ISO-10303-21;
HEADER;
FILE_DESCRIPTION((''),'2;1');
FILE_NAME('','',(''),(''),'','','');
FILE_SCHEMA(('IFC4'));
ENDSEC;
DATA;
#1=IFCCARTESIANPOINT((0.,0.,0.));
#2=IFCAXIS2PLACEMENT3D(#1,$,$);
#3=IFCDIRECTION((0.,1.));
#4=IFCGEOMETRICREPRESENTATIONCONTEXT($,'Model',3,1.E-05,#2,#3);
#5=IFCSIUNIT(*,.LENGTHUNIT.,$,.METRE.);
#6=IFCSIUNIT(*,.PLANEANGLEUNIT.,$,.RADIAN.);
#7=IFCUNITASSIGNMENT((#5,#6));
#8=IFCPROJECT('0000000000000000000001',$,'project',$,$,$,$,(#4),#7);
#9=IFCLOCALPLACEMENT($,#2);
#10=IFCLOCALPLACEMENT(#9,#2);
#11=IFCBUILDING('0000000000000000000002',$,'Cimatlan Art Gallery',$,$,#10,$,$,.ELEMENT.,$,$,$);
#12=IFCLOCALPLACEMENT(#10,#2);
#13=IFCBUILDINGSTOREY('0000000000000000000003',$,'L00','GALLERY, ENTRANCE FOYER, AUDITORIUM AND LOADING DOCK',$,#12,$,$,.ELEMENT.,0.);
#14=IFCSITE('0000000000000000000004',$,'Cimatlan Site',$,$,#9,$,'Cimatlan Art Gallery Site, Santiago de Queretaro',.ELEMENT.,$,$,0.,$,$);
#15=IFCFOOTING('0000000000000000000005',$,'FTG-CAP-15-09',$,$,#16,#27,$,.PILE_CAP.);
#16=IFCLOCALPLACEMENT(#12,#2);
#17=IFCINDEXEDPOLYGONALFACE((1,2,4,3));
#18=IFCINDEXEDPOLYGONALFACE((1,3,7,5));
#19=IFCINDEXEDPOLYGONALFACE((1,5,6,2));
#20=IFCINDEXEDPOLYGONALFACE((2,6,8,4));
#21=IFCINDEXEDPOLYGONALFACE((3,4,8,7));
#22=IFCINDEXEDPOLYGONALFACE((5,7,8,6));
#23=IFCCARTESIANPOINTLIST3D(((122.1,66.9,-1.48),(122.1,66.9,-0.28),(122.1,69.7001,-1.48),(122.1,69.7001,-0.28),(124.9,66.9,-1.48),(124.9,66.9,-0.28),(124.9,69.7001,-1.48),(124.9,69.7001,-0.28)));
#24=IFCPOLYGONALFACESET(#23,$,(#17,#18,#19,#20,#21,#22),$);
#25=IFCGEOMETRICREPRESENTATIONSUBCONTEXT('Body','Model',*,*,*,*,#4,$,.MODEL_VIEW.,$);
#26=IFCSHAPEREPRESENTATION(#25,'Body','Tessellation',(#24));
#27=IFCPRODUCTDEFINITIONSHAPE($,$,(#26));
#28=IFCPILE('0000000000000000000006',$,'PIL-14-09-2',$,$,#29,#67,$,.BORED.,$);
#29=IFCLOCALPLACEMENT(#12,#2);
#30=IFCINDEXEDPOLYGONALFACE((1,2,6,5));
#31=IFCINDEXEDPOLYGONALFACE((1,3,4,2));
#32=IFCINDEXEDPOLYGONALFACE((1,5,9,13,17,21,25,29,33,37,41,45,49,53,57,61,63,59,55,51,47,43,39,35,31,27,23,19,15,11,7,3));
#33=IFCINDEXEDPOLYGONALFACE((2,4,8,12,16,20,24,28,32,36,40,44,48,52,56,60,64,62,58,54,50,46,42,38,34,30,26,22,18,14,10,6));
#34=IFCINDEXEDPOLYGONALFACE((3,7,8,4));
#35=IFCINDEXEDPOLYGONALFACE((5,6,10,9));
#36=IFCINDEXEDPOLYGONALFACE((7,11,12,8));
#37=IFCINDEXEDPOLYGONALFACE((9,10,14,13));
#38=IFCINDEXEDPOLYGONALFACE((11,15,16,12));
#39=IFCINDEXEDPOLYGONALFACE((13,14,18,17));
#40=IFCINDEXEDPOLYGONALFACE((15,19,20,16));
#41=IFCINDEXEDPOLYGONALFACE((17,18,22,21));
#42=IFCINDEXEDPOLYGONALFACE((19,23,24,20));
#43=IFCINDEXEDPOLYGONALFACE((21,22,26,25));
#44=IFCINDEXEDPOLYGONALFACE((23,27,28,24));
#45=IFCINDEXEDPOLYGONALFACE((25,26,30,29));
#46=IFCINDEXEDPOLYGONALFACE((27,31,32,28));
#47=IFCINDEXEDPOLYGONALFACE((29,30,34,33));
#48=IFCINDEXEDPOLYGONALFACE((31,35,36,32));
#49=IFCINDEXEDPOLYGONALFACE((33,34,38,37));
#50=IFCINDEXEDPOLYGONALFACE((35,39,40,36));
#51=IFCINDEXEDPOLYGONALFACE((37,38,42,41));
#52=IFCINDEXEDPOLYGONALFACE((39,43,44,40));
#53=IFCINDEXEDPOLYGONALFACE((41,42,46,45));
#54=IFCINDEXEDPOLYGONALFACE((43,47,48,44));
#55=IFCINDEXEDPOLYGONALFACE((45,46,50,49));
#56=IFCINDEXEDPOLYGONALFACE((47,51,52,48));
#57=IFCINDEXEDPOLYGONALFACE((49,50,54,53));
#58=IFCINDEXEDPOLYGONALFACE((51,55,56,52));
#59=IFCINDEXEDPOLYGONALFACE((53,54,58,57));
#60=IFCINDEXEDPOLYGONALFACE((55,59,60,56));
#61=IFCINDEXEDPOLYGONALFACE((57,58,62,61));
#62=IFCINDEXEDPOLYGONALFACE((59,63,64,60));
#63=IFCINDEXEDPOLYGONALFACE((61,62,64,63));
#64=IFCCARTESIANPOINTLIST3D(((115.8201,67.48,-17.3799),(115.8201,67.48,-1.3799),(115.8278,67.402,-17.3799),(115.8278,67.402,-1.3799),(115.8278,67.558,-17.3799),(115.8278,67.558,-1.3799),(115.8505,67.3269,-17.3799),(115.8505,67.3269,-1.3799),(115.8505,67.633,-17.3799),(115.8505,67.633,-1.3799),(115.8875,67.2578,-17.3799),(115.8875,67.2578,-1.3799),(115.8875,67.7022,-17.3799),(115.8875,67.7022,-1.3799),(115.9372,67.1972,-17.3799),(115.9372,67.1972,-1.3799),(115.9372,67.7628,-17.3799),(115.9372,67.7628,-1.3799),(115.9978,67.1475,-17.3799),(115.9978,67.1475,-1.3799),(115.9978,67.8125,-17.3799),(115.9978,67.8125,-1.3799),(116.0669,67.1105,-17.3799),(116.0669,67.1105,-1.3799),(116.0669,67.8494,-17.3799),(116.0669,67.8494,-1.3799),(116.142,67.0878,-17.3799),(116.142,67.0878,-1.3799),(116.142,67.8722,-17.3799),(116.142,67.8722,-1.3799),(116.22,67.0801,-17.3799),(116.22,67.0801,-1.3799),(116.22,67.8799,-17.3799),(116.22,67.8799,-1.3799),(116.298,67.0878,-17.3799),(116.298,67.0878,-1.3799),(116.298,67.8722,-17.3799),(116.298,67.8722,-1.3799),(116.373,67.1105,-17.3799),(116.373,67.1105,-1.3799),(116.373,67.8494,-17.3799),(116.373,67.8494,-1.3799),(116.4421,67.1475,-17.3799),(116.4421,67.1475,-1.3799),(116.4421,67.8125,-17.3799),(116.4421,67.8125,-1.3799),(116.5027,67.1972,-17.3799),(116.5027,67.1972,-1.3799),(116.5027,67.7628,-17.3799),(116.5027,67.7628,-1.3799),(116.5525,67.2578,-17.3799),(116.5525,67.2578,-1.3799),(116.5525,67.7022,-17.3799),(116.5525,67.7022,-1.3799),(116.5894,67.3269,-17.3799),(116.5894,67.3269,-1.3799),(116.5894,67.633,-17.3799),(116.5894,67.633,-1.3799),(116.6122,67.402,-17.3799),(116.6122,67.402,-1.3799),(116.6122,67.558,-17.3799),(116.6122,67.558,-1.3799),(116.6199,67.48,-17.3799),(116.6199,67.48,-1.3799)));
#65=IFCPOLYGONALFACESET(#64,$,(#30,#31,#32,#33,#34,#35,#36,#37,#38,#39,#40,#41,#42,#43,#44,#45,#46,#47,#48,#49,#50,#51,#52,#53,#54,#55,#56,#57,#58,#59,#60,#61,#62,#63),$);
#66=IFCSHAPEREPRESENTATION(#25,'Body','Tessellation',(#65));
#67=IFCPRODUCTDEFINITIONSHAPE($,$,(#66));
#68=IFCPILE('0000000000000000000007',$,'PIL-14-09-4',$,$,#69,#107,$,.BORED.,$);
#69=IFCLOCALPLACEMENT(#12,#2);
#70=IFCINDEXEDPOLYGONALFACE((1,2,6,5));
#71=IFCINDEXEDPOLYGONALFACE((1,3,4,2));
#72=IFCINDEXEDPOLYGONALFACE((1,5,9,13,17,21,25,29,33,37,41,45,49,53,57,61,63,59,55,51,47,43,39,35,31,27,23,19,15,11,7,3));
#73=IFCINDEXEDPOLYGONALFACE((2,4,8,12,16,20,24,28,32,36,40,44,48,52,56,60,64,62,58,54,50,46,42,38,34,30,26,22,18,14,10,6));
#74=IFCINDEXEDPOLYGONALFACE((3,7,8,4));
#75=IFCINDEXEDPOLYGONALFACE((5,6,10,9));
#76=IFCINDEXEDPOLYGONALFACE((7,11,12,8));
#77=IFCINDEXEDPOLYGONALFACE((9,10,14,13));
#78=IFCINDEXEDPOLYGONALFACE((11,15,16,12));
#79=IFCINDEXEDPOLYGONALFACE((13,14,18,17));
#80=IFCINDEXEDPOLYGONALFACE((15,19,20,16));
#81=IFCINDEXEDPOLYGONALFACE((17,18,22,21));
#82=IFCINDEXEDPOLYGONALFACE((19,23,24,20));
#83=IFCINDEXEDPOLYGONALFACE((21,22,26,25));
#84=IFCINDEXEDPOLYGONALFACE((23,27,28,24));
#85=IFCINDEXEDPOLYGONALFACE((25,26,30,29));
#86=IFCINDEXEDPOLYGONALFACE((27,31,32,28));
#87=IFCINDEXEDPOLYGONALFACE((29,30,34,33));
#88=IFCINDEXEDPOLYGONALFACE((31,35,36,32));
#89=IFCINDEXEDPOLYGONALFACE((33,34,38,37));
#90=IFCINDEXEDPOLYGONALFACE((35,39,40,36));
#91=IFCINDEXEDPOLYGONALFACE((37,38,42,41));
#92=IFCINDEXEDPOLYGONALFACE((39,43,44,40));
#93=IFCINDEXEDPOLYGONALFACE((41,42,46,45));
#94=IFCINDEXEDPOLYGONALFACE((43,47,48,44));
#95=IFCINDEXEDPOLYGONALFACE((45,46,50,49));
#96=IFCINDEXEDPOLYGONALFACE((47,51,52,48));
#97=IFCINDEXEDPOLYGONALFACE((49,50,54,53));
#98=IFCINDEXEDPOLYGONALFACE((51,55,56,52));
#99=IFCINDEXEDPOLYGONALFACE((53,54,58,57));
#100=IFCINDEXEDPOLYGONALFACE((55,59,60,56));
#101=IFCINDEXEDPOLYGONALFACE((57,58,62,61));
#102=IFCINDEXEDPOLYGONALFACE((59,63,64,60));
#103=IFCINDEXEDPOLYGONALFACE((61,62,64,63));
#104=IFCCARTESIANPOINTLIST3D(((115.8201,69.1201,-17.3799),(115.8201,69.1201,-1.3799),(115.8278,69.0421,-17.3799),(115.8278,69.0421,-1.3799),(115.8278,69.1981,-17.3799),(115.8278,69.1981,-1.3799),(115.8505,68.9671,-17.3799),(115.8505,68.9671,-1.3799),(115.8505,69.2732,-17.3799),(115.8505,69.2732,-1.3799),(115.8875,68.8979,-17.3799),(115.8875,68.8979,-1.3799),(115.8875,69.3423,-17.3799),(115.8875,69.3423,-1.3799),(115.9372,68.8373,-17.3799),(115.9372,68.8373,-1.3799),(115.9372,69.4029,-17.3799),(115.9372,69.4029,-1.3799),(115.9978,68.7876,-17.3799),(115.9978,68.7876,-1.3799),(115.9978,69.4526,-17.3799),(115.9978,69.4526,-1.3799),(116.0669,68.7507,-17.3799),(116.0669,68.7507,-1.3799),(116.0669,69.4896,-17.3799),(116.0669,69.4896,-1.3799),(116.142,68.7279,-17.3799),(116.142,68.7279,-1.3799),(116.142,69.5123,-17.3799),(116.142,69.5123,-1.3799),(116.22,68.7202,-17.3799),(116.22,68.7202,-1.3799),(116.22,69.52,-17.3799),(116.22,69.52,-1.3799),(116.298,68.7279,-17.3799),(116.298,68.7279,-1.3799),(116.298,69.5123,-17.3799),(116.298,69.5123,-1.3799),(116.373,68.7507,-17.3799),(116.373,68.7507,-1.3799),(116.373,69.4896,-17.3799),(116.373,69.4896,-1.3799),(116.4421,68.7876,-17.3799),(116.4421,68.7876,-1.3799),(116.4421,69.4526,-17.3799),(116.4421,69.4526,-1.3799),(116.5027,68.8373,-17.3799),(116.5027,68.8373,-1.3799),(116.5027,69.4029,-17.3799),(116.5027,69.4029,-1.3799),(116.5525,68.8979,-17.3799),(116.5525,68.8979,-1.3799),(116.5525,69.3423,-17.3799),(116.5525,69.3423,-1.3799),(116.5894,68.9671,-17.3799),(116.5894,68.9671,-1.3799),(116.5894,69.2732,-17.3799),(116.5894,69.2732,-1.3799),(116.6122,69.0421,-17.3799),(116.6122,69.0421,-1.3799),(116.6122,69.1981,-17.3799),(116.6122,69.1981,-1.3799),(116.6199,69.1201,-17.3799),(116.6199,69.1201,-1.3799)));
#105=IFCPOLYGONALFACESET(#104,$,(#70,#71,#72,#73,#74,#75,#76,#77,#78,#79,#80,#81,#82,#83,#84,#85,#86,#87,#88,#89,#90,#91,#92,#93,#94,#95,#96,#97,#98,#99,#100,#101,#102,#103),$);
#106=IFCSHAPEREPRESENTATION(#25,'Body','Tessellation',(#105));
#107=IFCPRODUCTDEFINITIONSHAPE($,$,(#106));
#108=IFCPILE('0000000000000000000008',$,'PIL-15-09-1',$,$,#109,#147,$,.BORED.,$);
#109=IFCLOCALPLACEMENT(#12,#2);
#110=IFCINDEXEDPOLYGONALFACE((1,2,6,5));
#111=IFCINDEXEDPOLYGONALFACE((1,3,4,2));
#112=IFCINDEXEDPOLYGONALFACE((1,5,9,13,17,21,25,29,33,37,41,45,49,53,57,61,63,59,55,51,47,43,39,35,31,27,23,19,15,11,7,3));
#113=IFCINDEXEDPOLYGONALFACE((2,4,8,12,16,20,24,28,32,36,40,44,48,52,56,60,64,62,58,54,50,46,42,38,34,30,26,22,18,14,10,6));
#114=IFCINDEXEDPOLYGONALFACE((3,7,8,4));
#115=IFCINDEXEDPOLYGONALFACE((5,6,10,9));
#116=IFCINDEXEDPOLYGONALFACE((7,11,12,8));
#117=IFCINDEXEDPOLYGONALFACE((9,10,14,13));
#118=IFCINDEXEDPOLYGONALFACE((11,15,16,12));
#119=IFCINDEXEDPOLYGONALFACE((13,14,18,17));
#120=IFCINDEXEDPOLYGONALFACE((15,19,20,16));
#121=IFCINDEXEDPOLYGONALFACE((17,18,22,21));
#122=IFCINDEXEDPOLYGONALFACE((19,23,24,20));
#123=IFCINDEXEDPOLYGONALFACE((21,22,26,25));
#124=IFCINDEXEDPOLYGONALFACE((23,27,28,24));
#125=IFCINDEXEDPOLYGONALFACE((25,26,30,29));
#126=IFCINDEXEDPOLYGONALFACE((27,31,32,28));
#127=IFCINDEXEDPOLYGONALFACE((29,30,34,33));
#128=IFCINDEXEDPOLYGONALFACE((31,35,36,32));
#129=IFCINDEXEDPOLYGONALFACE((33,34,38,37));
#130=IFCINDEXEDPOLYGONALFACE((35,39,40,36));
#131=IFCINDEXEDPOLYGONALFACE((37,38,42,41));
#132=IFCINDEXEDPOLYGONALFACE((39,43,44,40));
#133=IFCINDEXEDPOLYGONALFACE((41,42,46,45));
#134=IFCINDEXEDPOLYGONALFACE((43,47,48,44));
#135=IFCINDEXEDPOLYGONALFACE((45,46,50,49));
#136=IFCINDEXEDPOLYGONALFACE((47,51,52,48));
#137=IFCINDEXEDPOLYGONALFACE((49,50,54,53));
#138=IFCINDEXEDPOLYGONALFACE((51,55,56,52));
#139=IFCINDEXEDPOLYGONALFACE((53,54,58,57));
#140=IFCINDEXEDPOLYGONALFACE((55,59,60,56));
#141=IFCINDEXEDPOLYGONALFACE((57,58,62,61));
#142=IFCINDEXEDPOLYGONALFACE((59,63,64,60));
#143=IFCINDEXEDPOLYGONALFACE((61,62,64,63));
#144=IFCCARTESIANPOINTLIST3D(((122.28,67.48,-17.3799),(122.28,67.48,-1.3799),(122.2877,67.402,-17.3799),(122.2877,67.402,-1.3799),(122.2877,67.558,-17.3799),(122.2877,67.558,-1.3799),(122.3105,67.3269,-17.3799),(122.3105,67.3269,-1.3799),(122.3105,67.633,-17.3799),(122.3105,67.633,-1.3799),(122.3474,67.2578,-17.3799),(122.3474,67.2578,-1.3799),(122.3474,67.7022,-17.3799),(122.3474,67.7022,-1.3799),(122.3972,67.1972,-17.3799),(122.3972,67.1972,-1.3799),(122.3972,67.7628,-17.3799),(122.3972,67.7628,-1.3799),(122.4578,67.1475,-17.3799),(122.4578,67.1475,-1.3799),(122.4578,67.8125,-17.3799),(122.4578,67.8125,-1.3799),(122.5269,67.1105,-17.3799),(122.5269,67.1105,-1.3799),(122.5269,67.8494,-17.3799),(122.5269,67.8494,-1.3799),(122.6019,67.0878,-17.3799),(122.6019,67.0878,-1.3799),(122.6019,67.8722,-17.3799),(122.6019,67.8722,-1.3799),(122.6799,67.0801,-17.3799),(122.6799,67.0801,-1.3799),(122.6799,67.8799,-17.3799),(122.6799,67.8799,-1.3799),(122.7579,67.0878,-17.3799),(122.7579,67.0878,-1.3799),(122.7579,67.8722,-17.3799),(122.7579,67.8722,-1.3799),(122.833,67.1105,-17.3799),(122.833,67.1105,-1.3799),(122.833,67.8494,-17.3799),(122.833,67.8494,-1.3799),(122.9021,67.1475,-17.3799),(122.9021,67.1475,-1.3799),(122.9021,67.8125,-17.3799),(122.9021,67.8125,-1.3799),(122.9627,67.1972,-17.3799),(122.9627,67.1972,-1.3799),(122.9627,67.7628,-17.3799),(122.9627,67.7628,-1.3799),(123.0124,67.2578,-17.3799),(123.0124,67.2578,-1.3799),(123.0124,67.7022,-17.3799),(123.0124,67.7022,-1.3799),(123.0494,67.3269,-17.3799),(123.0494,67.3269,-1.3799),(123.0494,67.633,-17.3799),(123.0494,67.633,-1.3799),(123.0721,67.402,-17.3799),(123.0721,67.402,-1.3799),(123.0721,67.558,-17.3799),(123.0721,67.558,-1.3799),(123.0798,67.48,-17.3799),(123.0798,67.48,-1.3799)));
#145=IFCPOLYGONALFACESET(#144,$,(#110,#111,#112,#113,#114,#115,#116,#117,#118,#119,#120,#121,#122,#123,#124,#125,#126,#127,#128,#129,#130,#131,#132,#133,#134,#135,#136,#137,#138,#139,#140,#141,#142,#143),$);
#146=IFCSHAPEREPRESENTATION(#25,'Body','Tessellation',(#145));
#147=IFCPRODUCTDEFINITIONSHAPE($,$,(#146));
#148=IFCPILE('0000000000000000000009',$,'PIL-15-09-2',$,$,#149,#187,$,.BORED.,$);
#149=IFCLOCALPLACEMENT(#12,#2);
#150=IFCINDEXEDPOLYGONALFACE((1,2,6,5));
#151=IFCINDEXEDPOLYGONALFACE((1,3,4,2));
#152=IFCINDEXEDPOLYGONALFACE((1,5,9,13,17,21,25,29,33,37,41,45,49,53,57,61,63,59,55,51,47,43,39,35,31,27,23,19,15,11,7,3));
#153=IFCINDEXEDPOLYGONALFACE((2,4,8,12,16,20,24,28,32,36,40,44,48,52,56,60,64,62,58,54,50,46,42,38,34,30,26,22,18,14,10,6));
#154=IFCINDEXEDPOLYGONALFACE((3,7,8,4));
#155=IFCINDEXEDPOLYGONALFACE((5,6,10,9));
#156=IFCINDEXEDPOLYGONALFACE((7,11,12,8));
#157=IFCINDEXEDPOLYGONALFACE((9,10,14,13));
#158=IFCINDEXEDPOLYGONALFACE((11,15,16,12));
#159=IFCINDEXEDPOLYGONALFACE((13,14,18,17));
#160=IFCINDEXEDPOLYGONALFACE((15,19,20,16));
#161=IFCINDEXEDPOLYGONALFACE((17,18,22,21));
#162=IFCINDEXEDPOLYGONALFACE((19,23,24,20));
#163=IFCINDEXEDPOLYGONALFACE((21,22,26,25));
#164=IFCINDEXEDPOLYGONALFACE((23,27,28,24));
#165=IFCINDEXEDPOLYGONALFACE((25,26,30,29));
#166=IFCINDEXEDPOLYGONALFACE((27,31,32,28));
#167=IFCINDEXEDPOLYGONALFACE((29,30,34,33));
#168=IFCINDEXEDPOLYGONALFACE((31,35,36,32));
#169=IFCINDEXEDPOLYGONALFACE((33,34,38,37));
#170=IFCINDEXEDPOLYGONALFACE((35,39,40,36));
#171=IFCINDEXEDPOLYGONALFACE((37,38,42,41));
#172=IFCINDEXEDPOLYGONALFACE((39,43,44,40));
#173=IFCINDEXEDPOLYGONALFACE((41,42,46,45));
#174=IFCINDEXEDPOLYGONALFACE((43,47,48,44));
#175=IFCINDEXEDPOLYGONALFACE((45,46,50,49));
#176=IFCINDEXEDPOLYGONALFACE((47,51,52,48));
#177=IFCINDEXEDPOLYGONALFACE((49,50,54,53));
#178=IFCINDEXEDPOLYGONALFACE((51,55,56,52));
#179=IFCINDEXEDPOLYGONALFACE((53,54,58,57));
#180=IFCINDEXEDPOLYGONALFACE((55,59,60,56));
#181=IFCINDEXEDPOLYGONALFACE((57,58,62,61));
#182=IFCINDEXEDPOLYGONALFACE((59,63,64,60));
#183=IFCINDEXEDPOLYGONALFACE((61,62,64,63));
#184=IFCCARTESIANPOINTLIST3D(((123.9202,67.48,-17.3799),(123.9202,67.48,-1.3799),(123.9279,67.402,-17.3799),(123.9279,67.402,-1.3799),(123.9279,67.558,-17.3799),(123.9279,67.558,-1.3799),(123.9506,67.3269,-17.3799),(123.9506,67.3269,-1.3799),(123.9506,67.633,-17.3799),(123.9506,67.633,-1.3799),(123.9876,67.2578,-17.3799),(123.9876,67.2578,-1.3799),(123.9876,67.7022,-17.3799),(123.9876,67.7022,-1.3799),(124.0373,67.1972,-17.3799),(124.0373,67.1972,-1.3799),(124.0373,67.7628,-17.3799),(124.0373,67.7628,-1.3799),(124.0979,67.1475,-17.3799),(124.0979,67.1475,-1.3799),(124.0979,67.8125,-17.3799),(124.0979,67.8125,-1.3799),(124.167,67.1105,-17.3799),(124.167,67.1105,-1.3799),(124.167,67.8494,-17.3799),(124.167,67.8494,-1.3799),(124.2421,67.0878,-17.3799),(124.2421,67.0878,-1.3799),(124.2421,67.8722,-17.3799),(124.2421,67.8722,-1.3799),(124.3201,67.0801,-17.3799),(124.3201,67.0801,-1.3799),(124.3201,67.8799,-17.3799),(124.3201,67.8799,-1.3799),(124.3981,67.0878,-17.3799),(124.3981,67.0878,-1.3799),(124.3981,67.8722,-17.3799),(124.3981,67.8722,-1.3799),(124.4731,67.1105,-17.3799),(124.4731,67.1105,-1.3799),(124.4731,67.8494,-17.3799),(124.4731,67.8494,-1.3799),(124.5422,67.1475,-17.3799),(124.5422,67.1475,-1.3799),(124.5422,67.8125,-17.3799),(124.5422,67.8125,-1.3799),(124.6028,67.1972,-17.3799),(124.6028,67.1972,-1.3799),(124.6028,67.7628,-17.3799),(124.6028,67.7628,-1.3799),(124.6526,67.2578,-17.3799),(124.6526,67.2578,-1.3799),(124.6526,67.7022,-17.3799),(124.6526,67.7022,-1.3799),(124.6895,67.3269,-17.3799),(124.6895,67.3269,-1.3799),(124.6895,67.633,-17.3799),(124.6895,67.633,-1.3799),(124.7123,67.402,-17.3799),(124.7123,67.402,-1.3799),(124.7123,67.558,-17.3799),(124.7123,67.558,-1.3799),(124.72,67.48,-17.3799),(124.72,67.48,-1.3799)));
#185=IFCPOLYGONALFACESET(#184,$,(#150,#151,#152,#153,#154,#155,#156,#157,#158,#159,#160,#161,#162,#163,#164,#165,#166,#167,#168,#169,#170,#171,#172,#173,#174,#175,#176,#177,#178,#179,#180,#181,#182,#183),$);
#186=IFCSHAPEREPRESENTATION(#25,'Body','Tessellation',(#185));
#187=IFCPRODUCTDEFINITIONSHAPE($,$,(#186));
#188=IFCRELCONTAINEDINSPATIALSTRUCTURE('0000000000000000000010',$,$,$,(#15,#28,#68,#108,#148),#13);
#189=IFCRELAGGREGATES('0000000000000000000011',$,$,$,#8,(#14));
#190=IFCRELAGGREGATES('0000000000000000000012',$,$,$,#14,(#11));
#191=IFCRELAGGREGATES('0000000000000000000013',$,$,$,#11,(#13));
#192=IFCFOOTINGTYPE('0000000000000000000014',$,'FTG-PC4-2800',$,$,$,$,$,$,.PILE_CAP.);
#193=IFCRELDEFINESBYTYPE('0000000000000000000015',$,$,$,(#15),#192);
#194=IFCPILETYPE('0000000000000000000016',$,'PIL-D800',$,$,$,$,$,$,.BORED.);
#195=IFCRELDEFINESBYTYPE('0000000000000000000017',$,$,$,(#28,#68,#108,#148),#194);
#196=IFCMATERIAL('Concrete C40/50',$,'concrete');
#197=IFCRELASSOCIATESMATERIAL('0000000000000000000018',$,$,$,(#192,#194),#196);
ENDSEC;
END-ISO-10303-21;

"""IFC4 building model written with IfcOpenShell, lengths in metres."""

from ifc_helpers import new_model, si_unit, direction, frame, origin, origin_2d, place, context, subcontext, project, spatial, rectangle, circle, extrude, material, type_object, element, save


model = new_model("IFC4")

# Units and contexts
model_context = context("Model", 3, precision=1e-05, world=origin(), true_north=direction((0.0, 1.0)))
body_context = subcontext(model_context, "Body", "Model", "MODEL_VIEW")
ifc_project = project(units=[si_unit("LENGTHUNIT", "METRE"), si_unit("PLANEANGLEUNIT", "RADIAN")], contexts=[model_context])

# Site, building, storey
site_placement = place(None, origin())
site = spatial("IfcSite", under=ifc_project, at=site_placement, Name="Cimatlan Site", LongName="Cimatlan Art Gallery Site, Santiago de Queretaro", CompositionType="ELEMENT", RefElevation=0.0)
building_placement = place(site_placement, origin())
building = spatial("IfcBuilding", under=site, at=building_placement, Name="Cimatlan Art Gallery", CompositionType="ELEMENT")
storey_placement = place(building_placement, origin())
storey = spatial("IfcBuildingStorey", under=building, at=storey_placement, Name="L00", Description="GALLERY, ENTRANCE FOYER, AUDITORIUM AND LOADING DOCK", CompositionType="ELEMENT", Elevation=0.0)

# Footing
ifc_material_1 = material(Name="Concrete C40/50", Category="concrete")
footing_type = type_object("IfcFootingType", Name="FTG-PC4-2800", PredefinedType="PILE_CAP", material=ifc_material_1)
footing_placement = place(storey_placement, frame((123.5, 68.3, -1.48), z_axis=(0.0, 0.0, 1.0), x_axis=(1.0, 0.0, 0.0)))
element("IfcFooting", 1, at=footing_placement, inside=storey, type_object=footing_type, Name="FTG-CAP-15-09", PredefinedType="PILE_CAP", context=body_context, shape_type="SweptSolid", body=[
    extrude(rectangle(XDim=2.8, YDim=2.8, at=origin_2d()), origin(), (0.0, 0.0, 1.0), 1.2),
])

# Piles
pile_type = type_object("IfcPileType", Name="PIL-D800", PredefinedType="BORED", material=ifc_material_1)
for number, where, z_axis, x_axis, name in (
    (2, (116.22, 67.48, -1.3799), (0.0, 0.0, -1.0), (1.0, 0.0, 0.0), "PIL-14-09-2"),
    (3, (116.22, 69.1201, -1.3799), (0.0, 0.0, -1.0), (1.0, 0.0, 0.0), "PIL-14-09-4"),
    (4, (122.6799, 67.48, -1.3799), (0.0, 0.0, -1.0), (1.0, 0.0, 0.0), "PIL-15-09-1"),
    (5, (124.3201, 67.48, -1.3799), (0.0, 0.0, -1.0), (1.0, 0.0, 0.0), "PIL-15-09-2"),
):
    element("IfcPile", number, at=place(storey_placement, frame(where, z_axis=z_axis, x_axis=x_axis)), inside=storey, type_object=pile_type, Name=name, PredefinedType="BORED", context=body_context, shape_type="SweptSolid", body=[
        extrude(circle(Radius=0.3999, at=origin_2d()), origin(), (0.0, 0.0, 1.0), 16.0),
    ])

save(model, "model.ifc")
